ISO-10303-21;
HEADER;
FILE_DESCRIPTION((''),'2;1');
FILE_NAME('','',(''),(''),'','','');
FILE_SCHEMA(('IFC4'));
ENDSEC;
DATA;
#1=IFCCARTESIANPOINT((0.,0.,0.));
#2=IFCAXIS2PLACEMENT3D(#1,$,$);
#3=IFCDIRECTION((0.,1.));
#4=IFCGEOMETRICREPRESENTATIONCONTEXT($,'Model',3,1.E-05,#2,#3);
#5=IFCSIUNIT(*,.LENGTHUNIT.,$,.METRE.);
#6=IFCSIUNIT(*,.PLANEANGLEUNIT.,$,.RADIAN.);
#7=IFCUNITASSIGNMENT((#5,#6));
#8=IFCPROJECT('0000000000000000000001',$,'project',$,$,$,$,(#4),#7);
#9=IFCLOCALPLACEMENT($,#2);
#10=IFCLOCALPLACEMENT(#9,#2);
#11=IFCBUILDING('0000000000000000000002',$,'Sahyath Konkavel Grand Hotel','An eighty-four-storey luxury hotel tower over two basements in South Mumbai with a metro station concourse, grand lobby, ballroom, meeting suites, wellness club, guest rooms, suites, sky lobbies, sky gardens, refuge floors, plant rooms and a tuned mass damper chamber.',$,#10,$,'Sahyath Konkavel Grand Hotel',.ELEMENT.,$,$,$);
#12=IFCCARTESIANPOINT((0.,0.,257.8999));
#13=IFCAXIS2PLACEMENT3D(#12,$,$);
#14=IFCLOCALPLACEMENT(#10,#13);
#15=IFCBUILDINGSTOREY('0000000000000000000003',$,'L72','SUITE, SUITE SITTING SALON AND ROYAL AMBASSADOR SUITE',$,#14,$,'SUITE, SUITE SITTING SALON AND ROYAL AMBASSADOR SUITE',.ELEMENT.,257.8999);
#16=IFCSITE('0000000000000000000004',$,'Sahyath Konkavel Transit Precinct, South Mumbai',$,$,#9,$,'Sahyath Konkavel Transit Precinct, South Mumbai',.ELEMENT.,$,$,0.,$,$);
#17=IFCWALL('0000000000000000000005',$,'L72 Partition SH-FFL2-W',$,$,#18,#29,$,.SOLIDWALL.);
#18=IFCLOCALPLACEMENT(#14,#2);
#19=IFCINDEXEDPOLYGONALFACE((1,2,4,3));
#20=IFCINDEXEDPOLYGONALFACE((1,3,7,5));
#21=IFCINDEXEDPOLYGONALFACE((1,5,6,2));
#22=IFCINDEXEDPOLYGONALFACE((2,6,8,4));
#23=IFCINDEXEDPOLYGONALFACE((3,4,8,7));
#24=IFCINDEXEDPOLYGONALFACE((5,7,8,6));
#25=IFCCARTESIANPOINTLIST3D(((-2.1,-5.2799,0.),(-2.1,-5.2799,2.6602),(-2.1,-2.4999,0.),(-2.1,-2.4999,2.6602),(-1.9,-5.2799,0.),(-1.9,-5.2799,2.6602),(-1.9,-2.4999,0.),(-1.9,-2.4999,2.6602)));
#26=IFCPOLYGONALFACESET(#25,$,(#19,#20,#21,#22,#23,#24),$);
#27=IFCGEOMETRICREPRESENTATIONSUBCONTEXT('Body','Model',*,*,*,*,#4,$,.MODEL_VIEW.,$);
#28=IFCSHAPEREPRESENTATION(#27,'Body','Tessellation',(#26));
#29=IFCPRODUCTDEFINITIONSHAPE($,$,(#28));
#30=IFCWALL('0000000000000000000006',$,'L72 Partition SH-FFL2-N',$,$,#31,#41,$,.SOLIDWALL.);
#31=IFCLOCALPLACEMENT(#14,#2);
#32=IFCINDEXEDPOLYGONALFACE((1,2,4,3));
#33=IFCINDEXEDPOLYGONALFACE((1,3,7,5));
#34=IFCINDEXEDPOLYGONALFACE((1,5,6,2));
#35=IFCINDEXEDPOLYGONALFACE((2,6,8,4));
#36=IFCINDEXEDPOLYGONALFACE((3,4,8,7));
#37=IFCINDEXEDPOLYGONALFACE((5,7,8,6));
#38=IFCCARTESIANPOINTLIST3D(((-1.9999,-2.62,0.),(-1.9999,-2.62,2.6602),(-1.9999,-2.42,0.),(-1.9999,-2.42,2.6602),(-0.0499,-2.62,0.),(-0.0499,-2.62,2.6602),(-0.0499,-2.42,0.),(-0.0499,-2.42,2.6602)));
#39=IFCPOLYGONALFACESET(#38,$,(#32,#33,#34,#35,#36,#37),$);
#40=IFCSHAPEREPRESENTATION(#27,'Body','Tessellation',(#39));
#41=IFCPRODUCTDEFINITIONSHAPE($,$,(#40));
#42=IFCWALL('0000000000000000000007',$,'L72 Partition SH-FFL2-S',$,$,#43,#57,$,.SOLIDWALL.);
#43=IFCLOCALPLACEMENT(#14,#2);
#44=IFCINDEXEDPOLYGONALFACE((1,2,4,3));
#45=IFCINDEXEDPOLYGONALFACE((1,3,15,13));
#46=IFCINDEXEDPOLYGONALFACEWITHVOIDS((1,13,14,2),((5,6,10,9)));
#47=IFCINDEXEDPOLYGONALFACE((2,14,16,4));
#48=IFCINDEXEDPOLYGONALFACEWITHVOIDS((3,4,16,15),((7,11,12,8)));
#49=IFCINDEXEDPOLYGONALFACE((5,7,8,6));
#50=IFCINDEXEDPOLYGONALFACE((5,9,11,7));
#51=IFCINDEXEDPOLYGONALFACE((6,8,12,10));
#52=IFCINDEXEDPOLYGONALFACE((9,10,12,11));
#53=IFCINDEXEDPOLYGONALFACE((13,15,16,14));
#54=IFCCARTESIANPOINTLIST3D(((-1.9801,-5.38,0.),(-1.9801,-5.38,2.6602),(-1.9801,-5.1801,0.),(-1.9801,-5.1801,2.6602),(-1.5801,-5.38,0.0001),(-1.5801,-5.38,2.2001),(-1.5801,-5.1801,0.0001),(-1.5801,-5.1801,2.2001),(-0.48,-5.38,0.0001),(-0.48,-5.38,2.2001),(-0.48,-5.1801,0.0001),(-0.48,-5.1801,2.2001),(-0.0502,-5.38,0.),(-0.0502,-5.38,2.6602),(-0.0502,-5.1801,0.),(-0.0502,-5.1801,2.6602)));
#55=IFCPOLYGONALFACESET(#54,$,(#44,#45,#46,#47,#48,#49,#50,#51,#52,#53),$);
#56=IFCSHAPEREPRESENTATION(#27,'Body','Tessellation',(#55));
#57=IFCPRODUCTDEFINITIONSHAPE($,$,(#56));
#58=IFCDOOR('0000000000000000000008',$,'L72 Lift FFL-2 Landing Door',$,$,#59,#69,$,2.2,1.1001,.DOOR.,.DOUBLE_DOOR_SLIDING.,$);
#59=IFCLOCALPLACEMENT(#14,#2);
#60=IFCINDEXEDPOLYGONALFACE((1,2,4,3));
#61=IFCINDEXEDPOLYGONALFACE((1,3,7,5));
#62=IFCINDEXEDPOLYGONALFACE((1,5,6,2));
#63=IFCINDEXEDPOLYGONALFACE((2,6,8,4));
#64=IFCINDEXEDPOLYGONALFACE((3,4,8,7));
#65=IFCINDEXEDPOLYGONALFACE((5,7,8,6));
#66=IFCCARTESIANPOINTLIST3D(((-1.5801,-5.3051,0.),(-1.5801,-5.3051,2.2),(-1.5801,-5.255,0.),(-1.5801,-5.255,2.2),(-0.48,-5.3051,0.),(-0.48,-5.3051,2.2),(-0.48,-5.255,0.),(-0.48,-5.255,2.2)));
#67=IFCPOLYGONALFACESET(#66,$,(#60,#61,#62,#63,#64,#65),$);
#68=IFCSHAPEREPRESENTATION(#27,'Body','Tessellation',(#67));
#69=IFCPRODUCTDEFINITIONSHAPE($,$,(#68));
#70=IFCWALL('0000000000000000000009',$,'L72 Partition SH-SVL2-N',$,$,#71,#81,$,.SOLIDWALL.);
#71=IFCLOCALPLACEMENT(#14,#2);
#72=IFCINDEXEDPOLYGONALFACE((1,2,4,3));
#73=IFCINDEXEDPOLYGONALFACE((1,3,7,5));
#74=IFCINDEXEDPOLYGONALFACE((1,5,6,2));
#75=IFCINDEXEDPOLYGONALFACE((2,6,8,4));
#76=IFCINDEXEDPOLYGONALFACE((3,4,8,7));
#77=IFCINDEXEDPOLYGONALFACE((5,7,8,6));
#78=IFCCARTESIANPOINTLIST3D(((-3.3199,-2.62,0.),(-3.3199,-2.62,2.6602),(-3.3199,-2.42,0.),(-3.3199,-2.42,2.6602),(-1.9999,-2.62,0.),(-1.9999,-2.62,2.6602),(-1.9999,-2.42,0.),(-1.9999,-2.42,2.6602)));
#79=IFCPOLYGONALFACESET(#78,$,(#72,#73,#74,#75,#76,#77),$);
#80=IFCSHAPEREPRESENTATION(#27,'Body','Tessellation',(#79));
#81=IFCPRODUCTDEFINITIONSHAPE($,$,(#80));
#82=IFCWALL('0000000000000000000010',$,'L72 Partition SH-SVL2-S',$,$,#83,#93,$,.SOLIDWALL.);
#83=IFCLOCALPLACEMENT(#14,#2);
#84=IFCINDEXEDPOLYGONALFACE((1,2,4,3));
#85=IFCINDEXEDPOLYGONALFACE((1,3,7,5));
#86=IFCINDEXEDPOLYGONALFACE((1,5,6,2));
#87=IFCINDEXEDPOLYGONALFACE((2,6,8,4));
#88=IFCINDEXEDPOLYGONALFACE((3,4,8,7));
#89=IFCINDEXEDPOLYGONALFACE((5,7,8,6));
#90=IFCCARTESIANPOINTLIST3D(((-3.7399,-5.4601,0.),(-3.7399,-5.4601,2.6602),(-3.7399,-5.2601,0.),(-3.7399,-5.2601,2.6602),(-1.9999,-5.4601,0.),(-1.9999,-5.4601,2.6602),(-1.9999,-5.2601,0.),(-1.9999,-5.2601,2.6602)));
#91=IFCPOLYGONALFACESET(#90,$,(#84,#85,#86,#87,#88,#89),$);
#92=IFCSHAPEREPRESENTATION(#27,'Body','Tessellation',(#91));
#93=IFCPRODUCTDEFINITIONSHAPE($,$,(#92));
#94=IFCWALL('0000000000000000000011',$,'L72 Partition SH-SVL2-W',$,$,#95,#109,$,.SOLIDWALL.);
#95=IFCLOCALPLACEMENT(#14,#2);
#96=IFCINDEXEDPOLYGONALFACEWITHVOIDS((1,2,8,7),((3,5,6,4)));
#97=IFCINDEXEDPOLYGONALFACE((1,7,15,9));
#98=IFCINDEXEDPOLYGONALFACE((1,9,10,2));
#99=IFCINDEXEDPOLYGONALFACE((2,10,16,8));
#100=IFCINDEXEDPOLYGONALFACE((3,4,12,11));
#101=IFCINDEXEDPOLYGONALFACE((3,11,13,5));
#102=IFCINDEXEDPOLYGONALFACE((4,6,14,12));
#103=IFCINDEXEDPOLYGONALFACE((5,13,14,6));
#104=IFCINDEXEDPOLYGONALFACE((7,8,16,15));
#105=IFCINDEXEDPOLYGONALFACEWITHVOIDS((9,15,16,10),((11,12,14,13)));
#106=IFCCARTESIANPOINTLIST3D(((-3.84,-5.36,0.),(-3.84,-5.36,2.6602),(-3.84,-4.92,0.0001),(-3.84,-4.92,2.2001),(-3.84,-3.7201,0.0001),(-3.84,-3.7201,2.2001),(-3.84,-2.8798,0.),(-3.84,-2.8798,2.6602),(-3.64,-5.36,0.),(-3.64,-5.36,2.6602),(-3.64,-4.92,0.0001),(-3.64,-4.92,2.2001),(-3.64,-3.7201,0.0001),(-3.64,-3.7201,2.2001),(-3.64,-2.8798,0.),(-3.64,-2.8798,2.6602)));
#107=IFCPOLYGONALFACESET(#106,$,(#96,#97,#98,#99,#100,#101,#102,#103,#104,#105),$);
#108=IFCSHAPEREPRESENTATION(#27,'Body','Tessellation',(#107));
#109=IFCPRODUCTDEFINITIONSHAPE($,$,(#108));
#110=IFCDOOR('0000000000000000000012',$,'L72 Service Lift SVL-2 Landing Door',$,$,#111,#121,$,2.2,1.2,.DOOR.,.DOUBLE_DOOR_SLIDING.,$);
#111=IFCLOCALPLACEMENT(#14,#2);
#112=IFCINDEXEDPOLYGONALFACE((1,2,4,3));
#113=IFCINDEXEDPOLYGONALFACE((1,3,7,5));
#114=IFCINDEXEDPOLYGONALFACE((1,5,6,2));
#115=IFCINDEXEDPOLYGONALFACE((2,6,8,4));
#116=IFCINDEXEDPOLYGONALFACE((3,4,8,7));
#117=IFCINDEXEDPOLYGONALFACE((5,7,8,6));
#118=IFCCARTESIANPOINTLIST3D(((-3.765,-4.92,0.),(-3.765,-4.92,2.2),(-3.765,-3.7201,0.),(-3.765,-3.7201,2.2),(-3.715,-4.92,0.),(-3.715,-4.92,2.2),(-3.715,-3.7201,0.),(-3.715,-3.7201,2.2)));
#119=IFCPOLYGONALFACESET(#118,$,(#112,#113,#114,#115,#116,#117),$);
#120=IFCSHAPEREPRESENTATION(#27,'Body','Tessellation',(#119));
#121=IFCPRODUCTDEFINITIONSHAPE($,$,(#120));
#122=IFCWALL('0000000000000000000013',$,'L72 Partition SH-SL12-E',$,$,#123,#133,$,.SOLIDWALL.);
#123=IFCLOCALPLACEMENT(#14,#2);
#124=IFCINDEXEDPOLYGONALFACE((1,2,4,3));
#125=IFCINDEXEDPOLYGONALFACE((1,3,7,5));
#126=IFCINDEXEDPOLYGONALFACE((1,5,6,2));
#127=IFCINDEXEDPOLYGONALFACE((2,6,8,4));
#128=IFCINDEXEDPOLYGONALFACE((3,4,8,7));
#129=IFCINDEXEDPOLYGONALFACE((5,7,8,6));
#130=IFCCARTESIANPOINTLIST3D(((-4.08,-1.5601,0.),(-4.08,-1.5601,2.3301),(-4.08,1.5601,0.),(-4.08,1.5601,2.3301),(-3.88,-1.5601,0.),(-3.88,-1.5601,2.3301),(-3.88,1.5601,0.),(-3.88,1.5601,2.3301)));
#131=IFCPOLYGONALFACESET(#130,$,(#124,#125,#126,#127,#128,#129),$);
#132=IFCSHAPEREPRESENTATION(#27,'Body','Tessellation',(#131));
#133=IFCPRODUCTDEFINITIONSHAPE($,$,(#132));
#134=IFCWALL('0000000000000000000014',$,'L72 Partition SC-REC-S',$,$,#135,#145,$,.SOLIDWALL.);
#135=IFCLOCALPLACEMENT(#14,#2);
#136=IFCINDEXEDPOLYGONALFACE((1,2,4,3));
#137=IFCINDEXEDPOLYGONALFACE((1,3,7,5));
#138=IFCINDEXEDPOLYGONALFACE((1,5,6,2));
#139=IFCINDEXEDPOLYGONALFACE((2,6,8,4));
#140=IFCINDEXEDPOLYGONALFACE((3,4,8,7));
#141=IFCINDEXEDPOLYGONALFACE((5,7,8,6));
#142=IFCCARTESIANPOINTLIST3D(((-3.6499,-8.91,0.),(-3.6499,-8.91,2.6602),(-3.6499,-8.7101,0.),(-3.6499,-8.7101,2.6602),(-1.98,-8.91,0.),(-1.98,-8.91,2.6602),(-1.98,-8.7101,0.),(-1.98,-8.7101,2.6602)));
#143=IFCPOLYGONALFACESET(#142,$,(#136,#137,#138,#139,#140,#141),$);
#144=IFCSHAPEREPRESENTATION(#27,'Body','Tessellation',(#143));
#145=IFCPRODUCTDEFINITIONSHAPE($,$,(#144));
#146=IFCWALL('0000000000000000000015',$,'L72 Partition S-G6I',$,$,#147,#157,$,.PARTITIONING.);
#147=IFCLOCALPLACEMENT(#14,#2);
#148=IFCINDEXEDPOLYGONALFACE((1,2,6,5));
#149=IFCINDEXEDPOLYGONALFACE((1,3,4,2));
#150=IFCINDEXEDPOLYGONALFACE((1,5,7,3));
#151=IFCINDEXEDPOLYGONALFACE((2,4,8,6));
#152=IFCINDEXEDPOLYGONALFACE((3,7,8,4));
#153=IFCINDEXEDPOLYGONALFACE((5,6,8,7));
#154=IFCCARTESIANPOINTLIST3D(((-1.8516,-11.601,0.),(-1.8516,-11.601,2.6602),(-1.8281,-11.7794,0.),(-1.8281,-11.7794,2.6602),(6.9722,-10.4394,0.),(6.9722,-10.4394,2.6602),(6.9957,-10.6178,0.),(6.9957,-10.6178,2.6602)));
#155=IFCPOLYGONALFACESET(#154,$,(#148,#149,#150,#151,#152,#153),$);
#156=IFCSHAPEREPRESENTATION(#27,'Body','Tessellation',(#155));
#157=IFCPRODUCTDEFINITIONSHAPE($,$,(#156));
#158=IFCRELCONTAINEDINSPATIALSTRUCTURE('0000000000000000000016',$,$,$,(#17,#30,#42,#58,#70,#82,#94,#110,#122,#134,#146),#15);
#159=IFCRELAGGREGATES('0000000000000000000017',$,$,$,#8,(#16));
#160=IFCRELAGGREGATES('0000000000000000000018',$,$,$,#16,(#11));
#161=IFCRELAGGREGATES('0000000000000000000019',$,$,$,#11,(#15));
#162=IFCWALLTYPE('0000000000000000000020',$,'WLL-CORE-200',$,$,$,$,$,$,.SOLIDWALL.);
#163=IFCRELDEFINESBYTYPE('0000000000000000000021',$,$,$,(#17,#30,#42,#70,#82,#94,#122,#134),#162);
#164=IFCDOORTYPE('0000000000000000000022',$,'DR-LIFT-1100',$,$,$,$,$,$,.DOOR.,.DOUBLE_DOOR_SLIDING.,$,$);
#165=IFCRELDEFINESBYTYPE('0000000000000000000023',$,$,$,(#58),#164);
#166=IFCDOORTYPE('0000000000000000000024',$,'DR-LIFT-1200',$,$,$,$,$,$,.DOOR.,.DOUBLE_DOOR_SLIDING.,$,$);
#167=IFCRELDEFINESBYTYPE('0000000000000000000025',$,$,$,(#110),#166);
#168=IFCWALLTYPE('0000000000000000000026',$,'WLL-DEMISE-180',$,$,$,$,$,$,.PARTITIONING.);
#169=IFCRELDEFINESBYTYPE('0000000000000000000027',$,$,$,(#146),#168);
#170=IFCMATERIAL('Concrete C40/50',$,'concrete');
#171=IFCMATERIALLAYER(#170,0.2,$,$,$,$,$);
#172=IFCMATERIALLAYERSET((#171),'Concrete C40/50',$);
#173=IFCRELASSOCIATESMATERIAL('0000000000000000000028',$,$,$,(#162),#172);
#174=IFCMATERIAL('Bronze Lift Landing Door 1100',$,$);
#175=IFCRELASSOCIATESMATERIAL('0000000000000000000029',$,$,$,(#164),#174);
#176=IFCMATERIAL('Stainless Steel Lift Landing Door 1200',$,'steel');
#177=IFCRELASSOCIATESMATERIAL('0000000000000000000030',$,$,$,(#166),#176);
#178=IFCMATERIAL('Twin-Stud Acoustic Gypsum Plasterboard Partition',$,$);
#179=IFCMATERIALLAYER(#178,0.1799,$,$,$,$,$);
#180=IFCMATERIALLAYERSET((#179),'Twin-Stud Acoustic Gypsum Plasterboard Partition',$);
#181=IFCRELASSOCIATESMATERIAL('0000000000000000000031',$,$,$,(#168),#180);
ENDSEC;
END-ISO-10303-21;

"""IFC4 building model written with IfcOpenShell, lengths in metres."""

from ifc_helpers import new_model, si_unit, direction, frame, frame_2d, origin, origin_2d, place, context, subcontext, project, spatial, rectangle, extrude, source, transform, mapped, material, layer, layer_set, type_object, element, fill, save


model = new_model("IFC4")

# Units and contexts
model_context = context("Model", 3, precision=1e-05, world=origin(), true_north=direction((0.0, 1.0)))
body_context = subcontext(model_context, "Body", "Model", "MODEL_VIEW")
ifc_project = project(units=[si_unit("LENGTHUNIT", "METRE"), si_unit("PLANEANGLEUNIT", "RADIAN")], contexts=[model_context])

# Site, building, storey
site_placement = place(None, origin())
site = spatial("IfcSite", under=ifc_project, at=site_placement, Name="Sahyath Konkavel Transit Precinct, South Mumbai", LongName="Sahyath Konkavel Transit Precinct, South Mumbai", CompositionType="ELEMENT", RefElevation=0.0)
building_placement = place(site_placement, origin())
building = spatial("IfcBuilding", under=site, at=building_placement, Name="Sahyath Konkavel Grand Hotel", Description="An eighty-four-storey luxury hotel tower over two basements in South Mumbai with a metro station concourse, grand lobby, ballroom, meeting suites, wellness club, guest rooms, suites, sky lobbies, sky gardens, refuge floors, plant rooms and a tuned mass damper chamber.", LongName="Sahyath Konkavel Grand Hotel", CompositionType="ELEMENT")
storey_placement = place(building_placement, frame((0.0, 0.0, 257.8999)))
storey = spatial("IfcBuildingStorey", under=building, at=storey_placement, Name="L72", Description="SUITE, SUITE SITTING SALON AND ROYAL AMBASSADOR SUITE", LongName="SUITE, SUITE SITTING SALON AND ROYAL AMBASSADOR SUITE", CompositionType="ELEMENT", Elevation=257.8999)

# Shared definitions
ifc_material_1 = material(Name="Concrete C40/50", Category="concrete")

# Shared definitions
ifc_layer_1 = layer(ifc_material_1, 0.2)
ifc_layer_set_1 = layer_set([ifc_layer_1], Name="Concrete C40/50")
wall_type_1 = type_object("IfcWallType", Name="WLL-CORE-200", PredefinedType="SOLIDWALL", material=ifc_layer_set_1)

# Walls
wall_1_placement = place(storey_placement, frame((-2.0, -5.28, 0.0), z_axis=(0.0, 0.0, 1.0), x_axis=(0.0, 1.0, 0.0)))
element("IfcWall", 1, at=wall_1_placement, inside=storey, type_object=wall_type_1, Name="L72 Partition SH-FFL2-W", PredefinedType="SOLIDWALL", context=body_context, shape_type="SweptSolid", body=[
    extrude(rectangle(XDim=2.78, YDim=0.2, at=frame_2d((1.3901, 0.0))), origin(), (0.0, 0.0, 1.0), 2.6602),
])
wall_2_placement = place(storey_placement, frame((-2.0, -2.52, 0.0), z_axis=(0.0, 0.0, 1.0), x_axis=(1.0, 0.0, 0.0)))
element("IfcWall", 2, at=wall_2_placement, inside=storey, type_object=wall_type_1, Name="L72 Partition SH-FFL2-N", PredefinedType="SOLIDWALL", context=body_context, shape_type="SweptSolid", body=[
    extrude(rectangle(XDim=1.95, YDim=0.2, at=frame_2d((0.9751, 0.0))), origin(), (0.0, 0.0, 1.0), 2.6602),
])

# Wall, opening, door
wall_3_placement = place(storey_placement, frame((-1.98, -5.28, 0.0), z_axis=(0.0, 0.0, 1.0), x_axis=(1.0, 0.0, 0.0)))
wall_3 = element("IfcWall", 3, at=wall_3_placement, inside=storey, type_object=wall_type_1, Name="L72 Partition SH-FFL2-S", PredefinedType="SOLIDWALL", context=body_context, shape_type="SweptSolid", body=[
    extrude(rectangle(XDim=1.9299, YDim=0.2, at=frame_2d((0.9648, 0.0))), origin(), (0.0, 0.0, 1.0), 2.6602),
])
opening_1_placement = place(wall_3_placement, frame((0.3999, 0.0, 0.0)))
opening_1 = element("IfcOpeningElement", 4, at=opening_1_placement, cuts=wall_3, PredefinedType="OPENING", context=body_context, shape_type="SweptSolid", body=[
    extrude(rectangle(XDim=1.1001, YDim=2.2, at=frame_2d((0.55, 1.1001))), frame((0.0, 0.1099, 0.0), z_axis=(0.0, -1.0, 0.0), x_axis=(1.0, 0.0, 0.0)), (0.0, 0.0, 1.0), 0.22),
])
ifc_material_2 = material(Name="Bronze Lift Landing Door 1100")
door_type_1 = type_object("IfcDoorType", Name="DR-LIFT-1100", OperationType="DOUBLE_DOOR_SLIDING", PredefinedType="DOOR", material=ifc_material_2)
shared_shape_1 = source(origin(), body_context, "Body", "SweptSolid", [
    extrude(rectangle(XDim=1.1001, YDim=0.05, at=origin_2d()), origin(), (0.0, 0.0, 1.0), 2.2),
])
door_1_placement = place(opening_1_placement, frame((0.55, 0.0, 0.0)))
door_1 = element("IfcDoor", 5, at=door_1_placement, inside=storey, type_object=door_type_1, Name="L72 Lift FFL-2 Landing Door", OperationType="DOUBLE_DOOR_SLIDING", OverallHeight=2.2, OverallWidth=1.1001, PredefinedType="DOOR", context=body_context, shape_type="MappedRepresentation", body=[
    mapped(shared_shape_1, transform((0.0, 0.0, 0.0), scale=1.0)),
])
fill(opening_1, door_1)

# Walls
wall_4_placement = place(storey_placement, frame((-3.3201, -2.52, 0.0), z_axis=(0.0, 0.0, 1.0), x_axis=(1.0, 0.0, 0.0)))
element("IfcWall", 6, at=wall_4_placement, inside=storey, type_object=wall_type_1, Name="L72 Partition SH-SVL2-N", PredefinedType="SOLIDWALL", context=body_context, shape_type="SweptSolid", body=[
    extrude(rectangle(XDim=1.3201, YDim=0.2, at=frame_2d((0.6602, 0.0))), origin(), (0.0, 0.0, 1.0), 2.6602),
])
wall_5_placement = place(storey_placement, frame((-3.74, -5.3601, 0.0), z_axis=(0.0, 0.0, 1.0), x_axis=(1.0, 0.0, 0.0)))
element("IfcWall", 7, at=wall_5_placement, inside=storey, type_object=wall_type_1, Name="L72 Partition SH-SVL2-S", PredefinedType="SOLIDWALL", context=body_context, shape_type="SweptSolid", body=[
    extrude(rectangle(XDim=1.74, YDim=0.2, at=frame_2d((0.8701, 0.0))), origin(), (0.0, 0.0, 1.0), 2.6602),
])

# Wall, opening, door
wall_6_placement = place(storey_placement, frame((-3.74, -5.3601, 0.0), z_axis=(0.0, 0.0, 1.0), x_axis=(0.0, 1.0, 0.0)))
wall_6 = element("IfcWall", 8, at=wall_6_placement, inside=storey, type_object=wall_type_1, Name="L72 Partition SH-SVL2-W", PredefinedType="SOLIDWALL", context=body_context, shape_type="SweptSolid", body=[
    extrude(rectangle(XDim=2.4802, YDim=0.2, at=frame_2d((1.2402, 0.0))), origin(), (0.0, 0.0, 1.0), 2.6602),
])
opening_2_placement = place(wall_6_placement, frame((0.4399, 0.0, 0.0)))
opening_2 = element("IfcOpeningElement", 9, at=opening_2_placement, cuts=wall_6, PredefinedType="OPENING", context=body_context, shape_type="SweptSolid", body=[
    extrude(rectangle(XDim=1.2, YDim=2.2, at=frame_2d((0.6001, 1.1001))), frame((0.0, 0.1099, 0.0), z_axis=(0.0, -1.0, 0.0), x_axis=(1.0, 0.0, 0.0)), (0.0, 0.0, 1.0), 0.22),
])
ifc_material_3 = material(Name="Stainless Steel Lift Landing Door 1200", Category="steel")
door_type_2 = type_object("IfcDoorType", Name="DR-LIFT-1200", OperationType="DOUBLE_DOOR_SLIDING", PredefinedType="DOOR", material=ifc_material_3)
shared_shape_2 = source(origin(), body_context, "Body", "SweptSolid", [
    extrude(rectangle(XDim=1.2, YDim=0.05, at=origin_2d()), origin(), (0.0, 0.0, 1.0), 2.2),
])
door_2_placement = place(opening_2_placement, frame((0.6001, 0.0, 0.0)))
door_2 = element("IfcDoor", 10, at=door_2_placement, inside=storey, type_object=door_type_2, Name="L72 Service Lift SVL-2 Landing Door", OperationType="DOUBLE_DOOR_SLIDING", OverallHeight=2.2, OverallWidth=1.2, PredefinedType="DOOR", context=body_context, shape_type="MappedRepresentation", body=[
    mapped(shared_shape_2, transform((0.0, 0.0, 0.0), scale=1.0)),
])
fill(opening_2, door_2)

# Wall
wall_7_placement = place(storey_placement, frame((-3.98, -1.5601, 0.0), z_axis=(0.0, 0.0, 1.0), x_axis=(0.0, 1.0, 0.0)))
element("IfcWall", 11, at=wall_7_placement, inside=storey, type_object=wall_type_1, Name="L72 Partition SH-SL12-E", PredefinedType="SOLIDWALL", context=body_context, shape_type="SweptSolid", body=[
    extrude(rectangle(XDim=3.1201, YDim=0.2, at=frame_2d((1.5601, 0.0))), origin(), (0.0, 0.0, 1.0), 2.3301),
])

# Walls
wall_8_placement = place(storey_placement, frame((-3.6499, -8.8101, 0.0), z_axis=(0.0, 0.0, 1.0), x_axis=(1.0, 0.0, 0.0)))
element("IfcWall", 12, at=wall_8_placement, inside=storey, type_object=wall_type_1, Name="L72 Partition SC-REC-S", PredefinedType="SOLIDWALL", context=body_context, shape_type="SweptSolid", body=[
    extrude(rectangle(XDim=1.6699, YDim=0.2, at=frame_2d((0.835, 0.0))), origin(), (0.0, 0.0, 1.0), 2.6602),
])
ifc_material_4 = material(Name="Twin-Stud Acoustic Gypsum Plasterboard Partition")
ifc_layer_2 = layer(ifc_material_4, 0.1799)
ifc_layer_set_2 = layer_set([ifc_layer_2], Name="Twin-Stud Acoustic Gypsum Plasterboard Partition")
wall_type_2 = type_object("IfcWallType", Name="WLL-DEMISE-180", PredefinedType="PARTITIONING", material=ifc_layer_set_2)
wall_9_placement = place(storey_placement, frame((-1.8398, -11.6902, 0.0), z_axis=(0.0, 0.0, 1.0), x_axis=(0.991446, 0.130521, 0.0)))
element("IfcWall", 13, at=wall_9_placement, inside=storey, type_object=wall_type_2, Name="L72 Partition S-G6I", PredefinedType="PARTITIONING", context=body_context, shape_type="SweptSolid", body=[
    extrude(rectangle(XDim=8.8999, YDim=0.1799, at=frame_2d((4.45, 0.0))), origin(), (0.0, 0.0, 1.0), 2.6602),
])

save(model, "model.ifc")
